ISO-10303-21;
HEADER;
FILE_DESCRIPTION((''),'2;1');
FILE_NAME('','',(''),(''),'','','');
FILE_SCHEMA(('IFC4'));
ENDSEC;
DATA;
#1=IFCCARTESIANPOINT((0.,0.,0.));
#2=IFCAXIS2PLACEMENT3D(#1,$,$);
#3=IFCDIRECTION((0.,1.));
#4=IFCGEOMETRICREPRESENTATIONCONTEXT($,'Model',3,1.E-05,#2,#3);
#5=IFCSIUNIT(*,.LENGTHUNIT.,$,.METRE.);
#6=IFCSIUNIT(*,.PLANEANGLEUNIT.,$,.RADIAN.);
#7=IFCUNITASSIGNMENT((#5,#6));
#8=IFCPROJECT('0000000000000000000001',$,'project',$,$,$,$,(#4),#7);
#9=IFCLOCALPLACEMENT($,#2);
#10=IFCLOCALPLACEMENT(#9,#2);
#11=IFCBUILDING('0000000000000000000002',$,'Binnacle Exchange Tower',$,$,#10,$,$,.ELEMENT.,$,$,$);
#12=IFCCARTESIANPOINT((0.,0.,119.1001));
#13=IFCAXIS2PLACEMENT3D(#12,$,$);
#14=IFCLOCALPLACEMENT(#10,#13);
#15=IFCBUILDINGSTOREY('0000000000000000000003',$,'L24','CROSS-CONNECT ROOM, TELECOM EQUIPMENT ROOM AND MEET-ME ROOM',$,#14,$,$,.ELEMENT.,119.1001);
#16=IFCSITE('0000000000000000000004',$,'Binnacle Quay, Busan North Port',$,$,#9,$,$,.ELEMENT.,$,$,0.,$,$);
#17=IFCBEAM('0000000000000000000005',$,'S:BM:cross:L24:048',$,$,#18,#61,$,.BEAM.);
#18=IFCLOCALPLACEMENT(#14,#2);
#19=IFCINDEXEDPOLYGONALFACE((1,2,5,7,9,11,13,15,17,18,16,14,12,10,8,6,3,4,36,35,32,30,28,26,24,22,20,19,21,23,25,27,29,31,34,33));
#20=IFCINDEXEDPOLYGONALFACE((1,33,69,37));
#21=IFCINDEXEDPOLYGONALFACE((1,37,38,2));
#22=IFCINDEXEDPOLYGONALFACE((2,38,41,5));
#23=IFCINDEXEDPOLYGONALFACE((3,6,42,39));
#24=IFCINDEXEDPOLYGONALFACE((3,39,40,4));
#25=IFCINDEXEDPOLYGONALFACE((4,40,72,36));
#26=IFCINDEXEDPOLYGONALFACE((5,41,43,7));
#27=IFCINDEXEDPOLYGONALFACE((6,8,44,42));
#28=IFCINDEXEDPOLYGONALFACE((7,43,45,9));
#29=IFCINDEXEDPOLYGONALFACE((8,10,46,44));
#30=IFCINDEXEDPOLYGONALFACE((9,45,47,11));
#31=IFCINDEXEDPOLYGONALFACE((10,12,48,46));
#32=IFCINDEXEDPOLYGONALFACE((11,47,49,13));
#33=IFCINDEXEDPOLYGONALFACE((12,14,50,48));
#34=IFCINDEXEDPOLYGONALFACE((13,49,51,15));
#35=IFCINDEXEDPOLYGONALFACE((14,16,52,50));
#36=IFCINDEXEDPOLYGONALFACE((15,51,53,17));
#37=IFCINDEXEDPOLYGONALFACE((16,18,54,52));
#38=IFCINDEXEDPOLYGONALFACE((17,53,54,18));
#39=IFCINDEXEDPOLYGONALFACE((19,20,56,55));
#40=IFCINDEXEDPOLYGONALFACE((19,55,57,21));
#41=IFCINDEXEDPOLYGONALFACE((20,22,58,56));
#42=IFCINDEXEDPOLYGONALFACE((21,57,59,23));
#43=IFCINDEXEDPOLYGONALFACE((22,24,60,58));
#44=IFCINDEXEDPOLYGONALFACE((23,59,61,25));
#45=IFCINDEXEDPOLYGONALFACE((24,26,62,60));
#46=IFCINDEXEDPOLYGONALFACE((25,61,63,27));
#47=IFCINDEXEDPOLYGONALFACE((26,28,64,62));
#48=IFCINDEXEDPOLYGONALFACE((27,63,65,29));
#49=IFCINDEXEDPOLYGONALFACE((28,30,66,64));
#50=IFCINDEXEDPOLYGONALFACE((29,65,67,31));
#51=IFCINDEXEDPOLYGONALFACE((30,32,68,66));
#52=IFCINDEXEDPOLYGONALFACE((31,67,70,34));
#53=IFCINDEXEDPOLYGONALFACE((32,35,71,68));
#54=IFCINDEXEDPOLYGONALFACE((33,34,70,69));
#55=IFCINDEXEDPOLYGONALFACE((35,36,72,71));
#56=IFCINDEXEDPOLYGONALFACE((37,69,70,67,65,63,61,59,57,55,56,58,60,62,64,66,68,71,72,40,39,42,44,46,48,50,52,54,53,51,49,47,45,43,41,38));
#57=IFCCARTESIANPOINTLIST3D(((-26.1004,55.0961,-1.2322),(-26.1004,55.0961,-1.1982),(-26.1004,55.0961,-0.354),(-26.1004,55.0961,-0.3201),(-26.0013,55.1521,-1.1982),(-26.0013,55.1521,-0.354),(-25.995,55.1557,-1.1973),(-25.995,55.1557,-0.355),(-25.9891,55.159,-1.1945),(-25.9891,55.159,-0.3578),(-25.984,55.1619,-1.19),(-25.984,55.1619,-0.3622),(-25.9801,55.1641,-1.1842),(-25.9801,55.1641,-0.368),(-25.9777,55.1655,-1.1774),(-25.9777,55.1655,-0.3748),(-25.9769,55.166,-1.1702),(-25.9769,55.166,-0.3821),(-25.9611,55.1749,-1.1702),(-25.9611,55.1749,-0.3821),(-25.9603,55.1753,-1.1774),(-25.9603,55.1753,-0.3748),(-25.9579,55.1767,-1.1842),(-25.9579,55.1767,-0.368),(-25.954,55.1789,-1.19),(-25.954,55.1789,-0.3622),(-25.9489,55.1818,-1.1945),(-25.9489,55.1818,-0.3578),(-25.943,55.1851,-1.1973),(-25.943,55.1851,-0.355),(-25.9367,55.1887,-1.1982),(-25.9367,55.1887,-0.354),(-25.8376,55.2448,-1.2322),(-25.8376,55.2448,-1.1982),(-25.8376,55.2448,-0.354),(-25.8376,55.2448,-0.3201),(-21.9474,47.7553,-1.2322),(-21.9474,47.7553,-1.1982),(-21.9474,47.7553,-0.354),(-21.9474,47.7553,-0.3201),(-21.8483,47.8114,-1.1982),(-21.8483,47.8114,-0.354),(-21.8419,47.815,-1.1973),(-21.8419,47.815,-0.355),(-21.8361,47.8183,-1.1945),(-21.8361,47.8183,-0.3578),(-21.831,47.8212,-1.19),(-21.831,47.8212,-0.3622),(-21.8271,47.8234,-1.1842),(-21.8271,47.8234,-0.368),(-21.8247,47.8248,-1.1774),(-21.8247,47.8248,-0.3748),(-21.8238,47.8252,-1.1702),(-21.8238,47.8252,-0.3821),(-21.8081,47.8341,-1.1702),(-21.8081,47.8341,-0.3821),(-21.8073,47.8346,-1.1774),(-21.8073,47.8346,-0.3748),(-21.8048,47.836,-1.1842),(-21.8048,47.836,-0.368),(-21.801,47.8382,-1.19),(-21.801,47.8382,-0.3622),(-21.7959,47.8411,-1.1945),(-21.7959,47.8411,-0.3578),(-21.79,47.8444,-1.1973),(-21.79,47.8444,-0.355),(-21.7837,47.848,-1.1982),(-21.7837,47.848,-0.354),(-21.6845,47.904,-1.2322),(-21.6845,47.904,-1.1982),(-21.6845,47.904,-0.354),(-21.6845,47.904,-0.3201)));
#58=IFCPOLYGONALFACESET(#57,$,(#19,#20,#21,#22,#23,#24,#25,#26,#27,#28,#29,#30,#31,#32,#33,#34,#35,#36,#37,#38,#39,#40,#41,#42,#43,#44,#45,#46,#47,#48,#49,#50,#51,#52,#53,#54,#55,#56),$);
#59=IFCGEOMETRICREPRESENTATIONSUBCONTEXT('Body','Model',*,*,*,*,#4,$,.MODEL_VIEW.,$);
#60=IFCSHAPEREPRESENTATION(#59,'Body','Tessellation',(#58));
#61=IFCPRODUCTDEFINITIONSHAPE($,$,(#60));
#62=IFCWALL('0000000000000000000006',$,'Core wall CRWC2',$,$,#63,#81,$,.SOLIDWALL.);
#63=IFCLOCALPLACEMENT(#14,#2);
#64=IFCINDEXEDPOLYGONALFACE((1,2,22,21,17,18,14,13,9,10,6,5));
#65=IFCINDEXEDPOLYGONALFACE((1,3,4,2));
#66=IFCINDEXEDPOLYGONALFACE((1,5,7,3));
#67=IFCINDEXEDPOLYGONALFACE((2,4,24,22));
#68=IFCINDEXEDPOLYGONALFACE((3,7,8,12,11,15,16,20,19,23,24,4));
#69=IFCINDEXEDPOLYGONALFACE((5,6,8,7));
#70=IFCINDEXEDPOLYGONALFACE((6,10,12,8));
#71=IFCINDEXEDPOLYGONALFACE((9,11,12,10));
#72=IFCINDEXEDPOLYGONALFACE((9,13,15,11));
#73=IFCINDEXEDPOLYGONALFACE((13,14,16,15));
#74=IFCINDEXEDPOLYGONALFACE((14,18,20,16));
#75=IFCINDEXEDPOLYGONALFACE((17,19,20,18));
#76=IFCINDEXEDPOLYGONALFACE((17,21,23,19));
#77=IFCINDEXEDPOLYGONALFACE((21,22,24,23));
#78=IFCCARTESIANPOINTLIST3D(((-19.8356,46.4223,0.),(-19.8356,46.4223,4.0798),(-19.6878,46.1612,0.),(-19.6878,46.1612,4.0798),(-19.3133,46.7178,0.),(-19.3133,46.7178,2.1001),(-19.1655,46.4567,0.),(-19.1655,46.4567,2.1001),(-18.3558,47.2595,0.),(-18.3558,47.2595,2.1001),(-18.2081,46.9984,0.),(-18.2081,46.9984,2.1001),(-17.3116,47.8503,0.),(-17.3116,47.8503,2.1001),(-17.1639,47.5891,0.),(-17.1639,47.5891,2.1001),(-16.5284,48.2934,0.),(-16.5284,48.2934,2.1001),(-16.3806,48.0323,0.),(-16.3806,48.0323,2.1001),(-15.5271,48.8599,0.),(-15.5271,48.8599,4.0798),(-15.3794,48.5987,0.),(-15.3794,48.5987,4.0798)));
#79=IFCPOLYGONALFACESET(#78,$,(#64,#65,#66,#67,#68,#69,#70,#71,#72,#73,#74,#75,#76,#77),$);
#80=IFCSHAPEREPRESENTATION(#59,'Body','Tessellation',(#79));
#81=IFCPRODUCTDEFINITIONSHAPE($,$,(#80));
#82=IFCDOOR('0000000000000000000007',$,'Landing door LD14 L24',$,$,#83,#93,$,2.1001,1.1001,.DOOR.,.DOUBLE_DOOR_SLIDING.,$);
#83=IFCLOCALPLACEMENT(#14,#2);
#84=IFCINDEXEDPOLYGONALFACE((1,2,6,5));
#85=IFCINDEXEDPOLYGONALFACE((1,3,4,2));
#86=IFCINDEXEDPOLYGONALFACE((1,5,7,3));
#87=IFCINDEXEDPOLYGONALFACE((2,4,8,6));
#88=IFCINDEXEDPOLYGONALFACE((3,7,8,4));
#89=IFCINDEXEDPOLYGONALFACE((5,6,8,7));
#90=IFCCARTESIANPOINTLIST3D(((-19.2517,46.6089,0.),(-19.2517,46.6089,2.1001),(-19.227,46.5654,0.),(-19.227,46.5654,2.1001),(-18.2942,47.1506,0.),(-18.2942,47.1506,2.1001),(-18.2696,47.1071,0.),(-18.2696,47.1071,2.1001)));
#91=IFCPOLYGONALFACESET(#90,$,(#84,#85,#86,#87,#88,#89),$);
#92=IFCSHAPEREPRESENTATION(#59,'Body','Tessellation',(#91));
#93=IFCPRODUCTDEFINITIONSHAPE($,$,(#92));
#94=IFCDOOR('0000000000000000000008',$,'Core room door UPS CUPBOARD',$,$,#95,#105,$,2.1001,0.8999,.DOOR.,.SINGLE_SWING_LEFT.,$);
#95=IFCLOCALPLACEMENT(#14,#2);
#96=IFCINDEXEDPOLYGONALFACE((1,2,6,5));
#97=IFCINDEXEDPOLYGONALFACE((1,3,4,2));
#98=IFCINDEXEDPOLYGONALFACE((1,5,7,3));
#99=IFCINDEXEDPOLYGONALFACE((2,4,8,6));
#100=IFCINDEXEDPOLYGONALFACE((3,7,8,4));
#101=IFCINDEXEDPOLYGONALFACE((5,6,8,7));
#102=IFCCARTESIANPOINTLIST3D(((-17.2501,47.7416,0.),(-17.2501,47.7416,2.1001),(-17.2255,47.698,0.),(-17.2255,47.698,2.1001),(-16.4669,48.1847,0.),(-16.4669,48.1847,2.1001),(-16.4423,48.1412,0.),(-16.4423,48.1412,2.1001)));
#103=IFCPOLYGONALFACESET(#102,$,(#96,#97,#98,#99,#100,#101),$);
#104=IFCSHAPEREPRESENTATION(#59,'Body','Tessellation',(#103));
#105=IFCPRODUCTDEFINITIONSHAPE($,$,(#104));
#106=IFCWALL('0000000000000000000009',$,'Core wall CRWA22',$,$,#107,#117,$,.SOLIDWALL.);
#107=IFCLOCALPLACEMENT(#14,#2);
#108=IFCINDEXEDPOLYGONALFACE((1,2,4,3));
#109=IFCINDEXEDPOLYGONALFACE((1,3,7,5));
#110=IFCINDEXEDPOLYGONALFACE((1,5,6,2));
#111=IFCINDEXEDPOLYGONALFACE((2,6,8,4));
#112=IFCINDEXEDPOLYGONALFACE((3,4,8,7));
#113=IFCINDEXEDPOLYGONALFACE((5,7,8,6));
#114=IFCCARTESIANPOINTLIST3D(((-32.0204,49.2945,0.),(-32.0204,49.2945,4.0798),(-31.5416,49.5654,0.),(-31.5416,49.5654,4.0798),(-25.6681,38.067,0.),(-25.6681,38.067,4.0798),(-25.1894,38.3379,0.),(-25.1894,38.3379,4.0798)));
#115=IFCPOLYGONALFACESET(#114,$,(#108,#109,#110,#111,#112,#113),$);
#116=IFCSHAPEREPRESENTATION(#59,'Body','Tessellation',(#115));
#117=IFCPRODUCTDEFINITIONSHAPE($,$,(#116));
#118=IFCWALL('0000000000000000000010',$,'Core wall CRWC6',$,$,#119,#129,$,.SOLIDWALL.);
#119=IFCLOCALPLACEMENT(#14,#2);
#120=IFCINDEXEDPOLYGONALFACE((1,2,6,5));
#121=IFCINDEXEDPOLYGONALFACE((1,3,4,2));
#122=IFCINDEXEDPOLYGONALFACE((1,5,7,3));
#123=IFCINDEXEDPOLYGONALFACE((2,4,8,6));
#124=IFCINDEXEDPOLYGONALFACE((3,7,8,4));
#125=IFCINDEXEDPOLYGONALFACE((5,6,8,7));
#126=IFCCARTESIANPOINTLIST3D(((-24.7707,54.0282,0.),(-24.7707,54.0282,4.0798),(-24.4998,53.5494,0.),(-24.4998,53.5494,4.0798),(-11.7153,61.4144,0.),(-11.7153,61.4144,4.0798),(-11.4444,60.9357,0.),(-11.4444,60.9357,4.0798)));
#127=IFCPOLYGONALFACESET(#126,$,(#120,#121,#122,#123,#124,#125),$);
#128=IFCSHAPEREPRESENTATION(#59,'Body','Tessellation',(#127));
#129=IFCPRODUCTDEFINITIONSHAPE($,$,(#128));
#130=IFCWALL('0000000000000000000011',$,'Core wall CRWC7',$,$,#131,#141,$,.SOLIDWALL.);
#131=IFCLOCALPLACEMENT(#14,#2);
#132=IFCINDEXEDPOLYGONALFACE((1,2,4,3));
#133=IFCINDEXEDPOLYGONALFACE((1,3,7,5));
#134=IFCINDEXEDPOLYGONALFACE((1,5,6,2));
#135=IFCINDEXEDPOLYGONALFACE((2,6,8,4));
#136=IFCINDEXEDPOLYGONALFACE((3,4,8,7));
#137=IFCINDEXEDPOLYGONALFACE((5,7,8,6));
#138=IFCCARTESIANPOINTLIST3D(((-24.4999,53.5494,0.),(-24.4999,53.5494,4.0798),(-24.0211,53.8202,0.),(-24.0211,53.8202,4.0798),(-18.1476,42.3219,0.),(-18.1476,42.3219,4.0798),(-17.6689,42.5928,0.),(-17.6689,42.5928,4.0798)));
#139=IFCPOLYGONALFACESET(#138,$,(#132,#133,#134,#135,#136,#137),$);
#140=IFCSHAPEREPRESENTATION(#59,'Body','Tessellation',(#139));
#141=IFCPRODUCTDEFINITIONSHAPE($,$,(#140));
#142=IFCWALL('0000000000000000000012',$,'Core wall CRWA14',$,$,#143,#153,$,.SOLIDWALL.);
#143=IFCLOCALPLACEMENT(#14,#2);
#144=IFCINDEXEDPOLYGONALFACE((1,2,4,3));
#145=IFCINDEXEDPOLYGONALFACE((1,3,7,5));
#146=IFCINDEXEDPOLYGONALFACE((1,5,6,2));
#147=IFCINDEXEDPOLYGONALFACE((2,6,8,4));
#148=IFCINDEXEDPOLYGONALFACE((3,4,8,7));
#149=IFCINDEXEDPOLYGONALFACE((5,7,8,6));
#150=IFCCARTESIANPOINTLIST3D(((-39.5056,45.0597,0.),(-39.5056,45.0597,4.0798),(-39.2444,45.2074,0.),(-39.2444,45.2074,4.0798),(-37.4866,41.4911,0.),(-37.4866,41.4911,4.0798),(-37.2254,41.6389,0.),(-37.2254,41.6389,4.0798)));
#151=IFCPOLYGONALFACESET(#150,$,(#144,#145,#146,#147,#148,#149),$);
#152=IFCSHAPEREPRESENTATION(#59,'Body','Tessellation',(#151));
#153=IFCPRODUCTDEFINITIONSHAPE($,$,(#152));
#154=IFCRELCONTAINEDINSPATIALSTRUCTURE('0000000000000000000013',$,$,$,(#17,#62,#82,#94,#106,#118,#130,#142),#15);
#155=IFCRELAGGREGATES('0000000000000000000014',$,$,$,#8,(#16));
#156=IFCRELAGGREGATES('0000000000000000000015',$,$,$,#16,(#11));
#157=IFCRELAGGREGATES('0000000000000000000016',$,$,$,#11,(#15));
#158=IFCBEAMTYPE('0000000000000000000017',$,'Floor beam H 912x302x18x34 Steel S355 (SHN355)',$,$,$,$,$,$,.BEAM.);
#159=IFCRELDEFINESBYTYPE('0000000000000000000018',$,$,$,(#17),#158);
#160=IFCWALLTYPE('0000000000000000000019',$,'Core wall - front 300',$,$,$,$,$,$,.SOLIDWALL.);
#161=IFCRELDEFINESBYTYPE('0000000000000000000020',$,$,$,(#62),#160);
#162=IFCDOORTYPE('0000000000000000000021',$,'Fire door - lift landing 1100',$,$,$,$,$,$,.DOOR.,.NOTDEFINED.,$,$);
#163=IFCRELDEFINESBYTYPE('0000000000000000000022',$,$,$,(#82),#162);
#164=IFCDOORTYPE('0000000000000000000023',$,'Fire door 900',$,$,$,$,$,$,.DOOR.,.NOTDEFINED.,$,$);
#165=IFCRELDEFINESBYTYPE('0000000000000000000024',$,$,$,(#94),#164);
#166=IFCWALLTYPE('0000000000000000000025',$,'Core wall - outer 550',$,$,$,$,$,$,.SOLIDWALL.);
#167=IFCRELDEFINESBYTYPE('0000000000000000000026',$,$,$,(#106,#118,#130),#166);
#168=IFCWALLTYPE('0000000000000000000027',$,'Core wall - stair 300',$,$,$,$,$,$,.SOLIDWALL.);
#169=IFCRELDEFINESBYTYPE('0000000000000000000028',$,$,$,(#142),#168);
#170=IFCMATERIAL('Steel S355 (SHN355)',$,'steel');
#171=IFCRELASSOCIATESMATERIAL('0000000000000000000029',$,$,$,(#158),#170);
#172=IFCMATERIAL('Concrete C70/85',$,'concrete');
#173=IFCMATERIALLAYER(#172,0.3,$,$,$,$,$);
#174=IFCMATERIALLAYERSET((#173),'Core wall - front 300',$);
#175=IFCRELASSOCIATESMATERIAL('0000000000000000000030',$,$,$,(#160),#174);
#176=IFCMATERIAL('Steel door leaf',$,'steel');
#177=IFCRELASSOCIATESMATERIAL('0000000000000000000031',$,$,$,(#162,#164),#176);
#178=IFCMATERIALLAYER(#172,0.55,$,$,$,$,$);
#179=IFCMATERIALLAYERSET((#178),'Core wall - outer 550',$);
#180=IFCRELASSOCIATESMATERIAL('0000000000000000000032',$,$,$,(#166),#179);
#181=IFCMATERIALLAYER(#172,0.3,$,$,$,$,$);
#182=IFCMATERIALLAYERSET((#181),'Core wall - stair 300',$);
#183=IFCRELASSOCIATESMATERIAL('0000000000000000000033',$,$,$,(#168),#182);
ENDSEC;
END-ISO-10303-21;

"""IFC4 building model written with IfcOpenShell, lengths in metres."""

from ifc_helpers import new_model, si_unit, direction, frame, frame_2d, origin, origin_2d, place, context, subcontext, project, spatial, rectangle, i_section, extrude, material, layer, layer_set, material_profile, profile_set, type_object, element, fill, save


model = new_model("IFC4")

# Units and contexts
model_context = context("Model", 3, precision=1e-05, world=origin(), true_north=direction((0.0, 1.0)))
body_context = subcontext(model_context, "Body", "Model", "MODEL_VIEW")
ifc_project = project(units=[si_unit("LENGTHUNIT", "METRE"), si_unit("PLANEANGLEUNIT", "RADIAN")], contexts=[model_context])

# Site, building, storey
site_placement = place(None, origin())
site = spatial("IfcSite", under=ifc_project, at=site_placement, Name="Binnacle Quay, Busan North Port", CompositionType="ELEMENT", RefElevation=0.0)
building_placement = place(site_placement, origin())
building = spatial("IfcBuilding", under=site, at=building_placement, Name="Binnacle Exchange Tower", CompositionType="ELEMENT")
storey_placement = place(building_placement, frame((0.0, 0.0, 119.1001)))
storey = spatial("IfcBuildingStorey", under=building, at=storey_placement, Name="L24", Description="CROSS-CONNECT ROOM, TELECOM EQUIPMENT ROOM AND MEET-ME ROOM", CompositionType="ELEMENT", Elevation=119.1001)

# Shared definitions
ifc_material_1 = material(Name="Concrete C70/85", Category="concrete")

# Beam
ifc_material_2 = material(Name="Steel S355 (SHN355)", Category="steel")
ifc_material_profile_1 = material_profile(ifc_material_2, i_section(OverallWidth=0.302, OverallDepth=0.9121, WebThickness=0.0181, FlangeThickness=0.0339, FilletRadius=0.0281, at=origin_2d()), Name="H 912x302x18x34")
ifc_profile_set_1 = profile_set([ifc_material_profile_1], Name="Steel S355 (SHN355)")
beam_type_1 = type_object("IfcBeamType", Name="Floor beam H 912x302x18x34 Steel S355 (SHN355)", PredefinedType="BEAM", material=ifc_profile_set_1)
beam_1_placement = place(storey_placement, frame((-25.969, 55.1704, -0.7761), z_axis=(0.492409, -0.870364, 0.0), x_axis=(0.870364, 0.492409, 0.0)))
element("IfcBeam", 1, at=beam_1_placement, inside=storey, type_object=beam_type_1, Name="S:BM:cross:L24:048", PredefinedType="BEAM", context=body_context, shape_type="SweptSolid", body=[
    extrude(i_section(OverallWidth=0.302, OverallDepth=0.9121, WebThickness=0.0181, FlangeThickness=0.0339, FilletRadius=0.0281, at=origin_2d()), origin(), (0.0, 0.0, 1.0), 8.4341),
])

# Wall, openings, doors
ifc_layer_1 = layer(ifc_material_1, 0.3)
ifc_layer_set_1 = layer_set([ifc_layer_1], Name="Core wall - front 300")
wall_type_1 = type_object("IfcWallType", Name="Core wall - front 300", PredefinedType="SOLIDWALL", material=ifc_layer_set_1)
wall_1_placement = place(storey_placement, frame((-19.7617, 46.2917, 0.0), z_axis=(0.0, 0.0, 1.0), x_axis=(0.87036, 0.492416, 0.0)))
wall_1 = element("IfcWall", 2, at=wall_1_placement, inside=storey, type_object=wall_type_1, Name="Core wall CRWC2", PredefinedType="SOLIDWALL", context=body_context, shape_type="SweptSolid", body=[
    extrude(rectangle(XDim=4.9502, YDim=0.3, at=frame_2d((2.4751, 0.0))), origin(), (0.0, 0.0, 1.0), 4.0798),
])
opening_1_placement = place(wall_1_placement, frame((0.6001, 0.0, 0.0)))
opening_1 = element("IfcOpeningElement", 3, at=opening_1_placement, cuts=wall_1, PredefinedType="OPENING", context=body_context, shape_type="SweptSolid", body=[
    extrude(rectangle(XDim=1.1001, YDim=2.1001, at=frame_2d((0.55, 1.05))), frame((0.0, 0.1599, 0.0), z_axis=(0.0, -1.0, 0.0), x_axis=(1.0, 0.0, 0.0)), (0.0, 0.0, 1.0), 0.3201),
])
opening_2_placement = place(wall_1_placement, frame((2.8999, 0.0, 0.0)))
opening_2 = element("IfcOpeningElement", 4, at=opening_2_placement, cuts=wall_1, PredefinedType="OPENING", context=body_context, shape_type="SweptSolid", body=[
    extrude(rectangle(XDim=0.8999, YDim=2.1001, at=frame_2d((0.45, 1.05))), frame((0.0, 0.1599, 0.0), z_axis=(0.0, -1.0, 0.0), x_axis=(1.0, 0.0, 0.0)), (0.0, 0.0, 1.0), 0.3201),
])
ifc_material_3 = material(Name="Steel door leaf", Category="steel")
door_type_1 = type_object("IfcDoorType", Name="Fire door - lift landing 1100", OperationType="NOTDEFINED", PredefinedType="DOOR", material=ifc_material_3)
door_1_placement = place(opening_1_placement, origin())
door_1 = element("IfcDoor", 5, at=door_1_placement, inside=storey, type_object=door_type_1, Name="Landing door LD14 L24", OperationType="DOUBLE_DOOR_SLIDING", OverallHeight=2.1001, OverallWidth=1.1001, PredefinedType="DOOR", context=body_context, shape_type="SweptSolid", body=[
    extrude(rectangle(XDim=1.1001, YDim=2.1001, at=frame_2d((0.55, 1.05))), frame((0.0, 0.0249, 0.0), z_axis=(0.0, -1.0, 0.0), x_axis=(1.0, 0.0, 0.0)), (0.0, 0.0, 1.0), 0.05),
])
fill(opening_1, door_1)
door_type_2 = type_object("IfcDoorType", Name="Fire door 900", OperationType="NOTDEFINED", PredefinedType="DOOR", material=ifc_material_3)
door_2_placement = place(opening_2_placement, frame((0.8999, 0.0, 0.0), z_axis=(0.0, 0.0, 1.0), x_axis=(-1.0, 0.0, 0.0)))
door_2 = element("IfcDoor", 6, at=door_2_placement, inside=storey, type_object=door_type_2, Name="Core room door UPS CUPBOARD", OperationType="SINGLE_SWING_LEFT", OverallHeight=2.1001, OverallWidth=0.8999, PredefinedType="DOOR", context=body_context, shape_type="SweptSolid", body=[
    extrude(rectangle(XDim=0.8999, YDim=2.1001, at=frame_2d((0.45, 1.05))), frame((0.0, 0.0249, 0.0), z_axis=(0.0, -1.0, 0.0), x_axis=(1.0, 0.0, 0.0)), (0.0, 0.0, 1.0), 0.05),
])
fill(opening_2, door_2)

# Walls
ifc_layer_2 = layer(ifc_material_1, 0.55)
ifc_layer_set_2 = layer_set([ifc_layer_2], Name="Core wall - outer 550")
wall_type_2 = type_object("IfcWallType", Name="Core wall - outer 550", PredefinedType="SOLIDWALL", material=ifc_layer_set_2)
wall_2_placement = place(storey_placement, frame((-31.781, 49.4299, 0.0), z_axis=(0.0, 0.0, 1.0), x_axis=(0.492427, -0.870354, 0.0)))
element("IfcWall", 7, at=wall_2_placement, inside=storey, type_object=wall_type_2, Name="Core wall CRWA22", PredefinedType="SOLIDWALL", context=body_context, shape_type="SweptSolid", body=[
    extrude(rectangle(XDim=12.8999, YDim=0.55, at=frame_2d((6.45, 0.0))), origin(), (0.0, 0.0, 1.0), 4.0798),
])
wall_3_placement = place(storey_placement, frame((-24.6353, 53.7888, 0.0), z_axis=(0.0, 0.0, 1.0), x_axis=(0.870361, 0.492415, 0.0)))
element("IfcWall", 8, at=wall_3_placement, inside=storey, type_object=wall_type_2, Name="Core wall CRWC6", PredefinedType="SOLIDWALL", context=body_context, shape_type="SweptSolid", body=[
    extrude(rectangle(XDim=15.0, YDim=0.55, at=frame_2d((7.5, 0.0))), origin(), (0.0, 0.0, 1.0), 4.0798),
])
wall_4_placement = place(storey_placement, frame((-24.2605, 53.6848, 0.0), z_axis=(0.0, 0.0, 1.0), x_axis=(0.492427, -0.870354, 0.0)))
element("IfcWall", 9, at=wall_4_placement, inside=storey, type_object=wall_type_2, Name="Core wall CRWC7", PredefinedType="SOLIDWALL", context=body_context, shape_type="SweptSolid", body=[
    extrude(rectangle(XDim=12.8999, YDim=0.55, at=frame_2d((6.45, 0.0))), origin(), (0.0, 0.0, 1.0), 4.0798),
])
ifc_layer_3 = layer(ifc_material_1, 0.3)
ifc_layer_set_3 = layer_set([ifc_layer_3], Name="Core wall - stair 300")
wall_type_3 = type_object("IfcWallType", Name="Core wall - stair 300", PredefinedType="SOLIDWALL", material=ifc_layer_set_3)
wall_5_placement = place(storey_placement, frame((-39.375, 45.1335, 0.0), z_axis=(0.0, 0.0, 1.0), x_axis=(0.492428, -0.870353, 0.0)))
element("IfcWall", 10, at=wall_5_placement, inside=storey, type_object=wall_type_3, Name="Core wall CRWA14", PredefinedType="SOLIDWALL", context=body_context, shape_type="SweptSolid", body=[
    extrude(rectangle(XDim=4.1001, YDim=0.3, at=frame_2d((2.05, 0.0))), origin(), (0.0, 0.0, 1.0), 4.0798),
])

save(model, "model.ifc")
